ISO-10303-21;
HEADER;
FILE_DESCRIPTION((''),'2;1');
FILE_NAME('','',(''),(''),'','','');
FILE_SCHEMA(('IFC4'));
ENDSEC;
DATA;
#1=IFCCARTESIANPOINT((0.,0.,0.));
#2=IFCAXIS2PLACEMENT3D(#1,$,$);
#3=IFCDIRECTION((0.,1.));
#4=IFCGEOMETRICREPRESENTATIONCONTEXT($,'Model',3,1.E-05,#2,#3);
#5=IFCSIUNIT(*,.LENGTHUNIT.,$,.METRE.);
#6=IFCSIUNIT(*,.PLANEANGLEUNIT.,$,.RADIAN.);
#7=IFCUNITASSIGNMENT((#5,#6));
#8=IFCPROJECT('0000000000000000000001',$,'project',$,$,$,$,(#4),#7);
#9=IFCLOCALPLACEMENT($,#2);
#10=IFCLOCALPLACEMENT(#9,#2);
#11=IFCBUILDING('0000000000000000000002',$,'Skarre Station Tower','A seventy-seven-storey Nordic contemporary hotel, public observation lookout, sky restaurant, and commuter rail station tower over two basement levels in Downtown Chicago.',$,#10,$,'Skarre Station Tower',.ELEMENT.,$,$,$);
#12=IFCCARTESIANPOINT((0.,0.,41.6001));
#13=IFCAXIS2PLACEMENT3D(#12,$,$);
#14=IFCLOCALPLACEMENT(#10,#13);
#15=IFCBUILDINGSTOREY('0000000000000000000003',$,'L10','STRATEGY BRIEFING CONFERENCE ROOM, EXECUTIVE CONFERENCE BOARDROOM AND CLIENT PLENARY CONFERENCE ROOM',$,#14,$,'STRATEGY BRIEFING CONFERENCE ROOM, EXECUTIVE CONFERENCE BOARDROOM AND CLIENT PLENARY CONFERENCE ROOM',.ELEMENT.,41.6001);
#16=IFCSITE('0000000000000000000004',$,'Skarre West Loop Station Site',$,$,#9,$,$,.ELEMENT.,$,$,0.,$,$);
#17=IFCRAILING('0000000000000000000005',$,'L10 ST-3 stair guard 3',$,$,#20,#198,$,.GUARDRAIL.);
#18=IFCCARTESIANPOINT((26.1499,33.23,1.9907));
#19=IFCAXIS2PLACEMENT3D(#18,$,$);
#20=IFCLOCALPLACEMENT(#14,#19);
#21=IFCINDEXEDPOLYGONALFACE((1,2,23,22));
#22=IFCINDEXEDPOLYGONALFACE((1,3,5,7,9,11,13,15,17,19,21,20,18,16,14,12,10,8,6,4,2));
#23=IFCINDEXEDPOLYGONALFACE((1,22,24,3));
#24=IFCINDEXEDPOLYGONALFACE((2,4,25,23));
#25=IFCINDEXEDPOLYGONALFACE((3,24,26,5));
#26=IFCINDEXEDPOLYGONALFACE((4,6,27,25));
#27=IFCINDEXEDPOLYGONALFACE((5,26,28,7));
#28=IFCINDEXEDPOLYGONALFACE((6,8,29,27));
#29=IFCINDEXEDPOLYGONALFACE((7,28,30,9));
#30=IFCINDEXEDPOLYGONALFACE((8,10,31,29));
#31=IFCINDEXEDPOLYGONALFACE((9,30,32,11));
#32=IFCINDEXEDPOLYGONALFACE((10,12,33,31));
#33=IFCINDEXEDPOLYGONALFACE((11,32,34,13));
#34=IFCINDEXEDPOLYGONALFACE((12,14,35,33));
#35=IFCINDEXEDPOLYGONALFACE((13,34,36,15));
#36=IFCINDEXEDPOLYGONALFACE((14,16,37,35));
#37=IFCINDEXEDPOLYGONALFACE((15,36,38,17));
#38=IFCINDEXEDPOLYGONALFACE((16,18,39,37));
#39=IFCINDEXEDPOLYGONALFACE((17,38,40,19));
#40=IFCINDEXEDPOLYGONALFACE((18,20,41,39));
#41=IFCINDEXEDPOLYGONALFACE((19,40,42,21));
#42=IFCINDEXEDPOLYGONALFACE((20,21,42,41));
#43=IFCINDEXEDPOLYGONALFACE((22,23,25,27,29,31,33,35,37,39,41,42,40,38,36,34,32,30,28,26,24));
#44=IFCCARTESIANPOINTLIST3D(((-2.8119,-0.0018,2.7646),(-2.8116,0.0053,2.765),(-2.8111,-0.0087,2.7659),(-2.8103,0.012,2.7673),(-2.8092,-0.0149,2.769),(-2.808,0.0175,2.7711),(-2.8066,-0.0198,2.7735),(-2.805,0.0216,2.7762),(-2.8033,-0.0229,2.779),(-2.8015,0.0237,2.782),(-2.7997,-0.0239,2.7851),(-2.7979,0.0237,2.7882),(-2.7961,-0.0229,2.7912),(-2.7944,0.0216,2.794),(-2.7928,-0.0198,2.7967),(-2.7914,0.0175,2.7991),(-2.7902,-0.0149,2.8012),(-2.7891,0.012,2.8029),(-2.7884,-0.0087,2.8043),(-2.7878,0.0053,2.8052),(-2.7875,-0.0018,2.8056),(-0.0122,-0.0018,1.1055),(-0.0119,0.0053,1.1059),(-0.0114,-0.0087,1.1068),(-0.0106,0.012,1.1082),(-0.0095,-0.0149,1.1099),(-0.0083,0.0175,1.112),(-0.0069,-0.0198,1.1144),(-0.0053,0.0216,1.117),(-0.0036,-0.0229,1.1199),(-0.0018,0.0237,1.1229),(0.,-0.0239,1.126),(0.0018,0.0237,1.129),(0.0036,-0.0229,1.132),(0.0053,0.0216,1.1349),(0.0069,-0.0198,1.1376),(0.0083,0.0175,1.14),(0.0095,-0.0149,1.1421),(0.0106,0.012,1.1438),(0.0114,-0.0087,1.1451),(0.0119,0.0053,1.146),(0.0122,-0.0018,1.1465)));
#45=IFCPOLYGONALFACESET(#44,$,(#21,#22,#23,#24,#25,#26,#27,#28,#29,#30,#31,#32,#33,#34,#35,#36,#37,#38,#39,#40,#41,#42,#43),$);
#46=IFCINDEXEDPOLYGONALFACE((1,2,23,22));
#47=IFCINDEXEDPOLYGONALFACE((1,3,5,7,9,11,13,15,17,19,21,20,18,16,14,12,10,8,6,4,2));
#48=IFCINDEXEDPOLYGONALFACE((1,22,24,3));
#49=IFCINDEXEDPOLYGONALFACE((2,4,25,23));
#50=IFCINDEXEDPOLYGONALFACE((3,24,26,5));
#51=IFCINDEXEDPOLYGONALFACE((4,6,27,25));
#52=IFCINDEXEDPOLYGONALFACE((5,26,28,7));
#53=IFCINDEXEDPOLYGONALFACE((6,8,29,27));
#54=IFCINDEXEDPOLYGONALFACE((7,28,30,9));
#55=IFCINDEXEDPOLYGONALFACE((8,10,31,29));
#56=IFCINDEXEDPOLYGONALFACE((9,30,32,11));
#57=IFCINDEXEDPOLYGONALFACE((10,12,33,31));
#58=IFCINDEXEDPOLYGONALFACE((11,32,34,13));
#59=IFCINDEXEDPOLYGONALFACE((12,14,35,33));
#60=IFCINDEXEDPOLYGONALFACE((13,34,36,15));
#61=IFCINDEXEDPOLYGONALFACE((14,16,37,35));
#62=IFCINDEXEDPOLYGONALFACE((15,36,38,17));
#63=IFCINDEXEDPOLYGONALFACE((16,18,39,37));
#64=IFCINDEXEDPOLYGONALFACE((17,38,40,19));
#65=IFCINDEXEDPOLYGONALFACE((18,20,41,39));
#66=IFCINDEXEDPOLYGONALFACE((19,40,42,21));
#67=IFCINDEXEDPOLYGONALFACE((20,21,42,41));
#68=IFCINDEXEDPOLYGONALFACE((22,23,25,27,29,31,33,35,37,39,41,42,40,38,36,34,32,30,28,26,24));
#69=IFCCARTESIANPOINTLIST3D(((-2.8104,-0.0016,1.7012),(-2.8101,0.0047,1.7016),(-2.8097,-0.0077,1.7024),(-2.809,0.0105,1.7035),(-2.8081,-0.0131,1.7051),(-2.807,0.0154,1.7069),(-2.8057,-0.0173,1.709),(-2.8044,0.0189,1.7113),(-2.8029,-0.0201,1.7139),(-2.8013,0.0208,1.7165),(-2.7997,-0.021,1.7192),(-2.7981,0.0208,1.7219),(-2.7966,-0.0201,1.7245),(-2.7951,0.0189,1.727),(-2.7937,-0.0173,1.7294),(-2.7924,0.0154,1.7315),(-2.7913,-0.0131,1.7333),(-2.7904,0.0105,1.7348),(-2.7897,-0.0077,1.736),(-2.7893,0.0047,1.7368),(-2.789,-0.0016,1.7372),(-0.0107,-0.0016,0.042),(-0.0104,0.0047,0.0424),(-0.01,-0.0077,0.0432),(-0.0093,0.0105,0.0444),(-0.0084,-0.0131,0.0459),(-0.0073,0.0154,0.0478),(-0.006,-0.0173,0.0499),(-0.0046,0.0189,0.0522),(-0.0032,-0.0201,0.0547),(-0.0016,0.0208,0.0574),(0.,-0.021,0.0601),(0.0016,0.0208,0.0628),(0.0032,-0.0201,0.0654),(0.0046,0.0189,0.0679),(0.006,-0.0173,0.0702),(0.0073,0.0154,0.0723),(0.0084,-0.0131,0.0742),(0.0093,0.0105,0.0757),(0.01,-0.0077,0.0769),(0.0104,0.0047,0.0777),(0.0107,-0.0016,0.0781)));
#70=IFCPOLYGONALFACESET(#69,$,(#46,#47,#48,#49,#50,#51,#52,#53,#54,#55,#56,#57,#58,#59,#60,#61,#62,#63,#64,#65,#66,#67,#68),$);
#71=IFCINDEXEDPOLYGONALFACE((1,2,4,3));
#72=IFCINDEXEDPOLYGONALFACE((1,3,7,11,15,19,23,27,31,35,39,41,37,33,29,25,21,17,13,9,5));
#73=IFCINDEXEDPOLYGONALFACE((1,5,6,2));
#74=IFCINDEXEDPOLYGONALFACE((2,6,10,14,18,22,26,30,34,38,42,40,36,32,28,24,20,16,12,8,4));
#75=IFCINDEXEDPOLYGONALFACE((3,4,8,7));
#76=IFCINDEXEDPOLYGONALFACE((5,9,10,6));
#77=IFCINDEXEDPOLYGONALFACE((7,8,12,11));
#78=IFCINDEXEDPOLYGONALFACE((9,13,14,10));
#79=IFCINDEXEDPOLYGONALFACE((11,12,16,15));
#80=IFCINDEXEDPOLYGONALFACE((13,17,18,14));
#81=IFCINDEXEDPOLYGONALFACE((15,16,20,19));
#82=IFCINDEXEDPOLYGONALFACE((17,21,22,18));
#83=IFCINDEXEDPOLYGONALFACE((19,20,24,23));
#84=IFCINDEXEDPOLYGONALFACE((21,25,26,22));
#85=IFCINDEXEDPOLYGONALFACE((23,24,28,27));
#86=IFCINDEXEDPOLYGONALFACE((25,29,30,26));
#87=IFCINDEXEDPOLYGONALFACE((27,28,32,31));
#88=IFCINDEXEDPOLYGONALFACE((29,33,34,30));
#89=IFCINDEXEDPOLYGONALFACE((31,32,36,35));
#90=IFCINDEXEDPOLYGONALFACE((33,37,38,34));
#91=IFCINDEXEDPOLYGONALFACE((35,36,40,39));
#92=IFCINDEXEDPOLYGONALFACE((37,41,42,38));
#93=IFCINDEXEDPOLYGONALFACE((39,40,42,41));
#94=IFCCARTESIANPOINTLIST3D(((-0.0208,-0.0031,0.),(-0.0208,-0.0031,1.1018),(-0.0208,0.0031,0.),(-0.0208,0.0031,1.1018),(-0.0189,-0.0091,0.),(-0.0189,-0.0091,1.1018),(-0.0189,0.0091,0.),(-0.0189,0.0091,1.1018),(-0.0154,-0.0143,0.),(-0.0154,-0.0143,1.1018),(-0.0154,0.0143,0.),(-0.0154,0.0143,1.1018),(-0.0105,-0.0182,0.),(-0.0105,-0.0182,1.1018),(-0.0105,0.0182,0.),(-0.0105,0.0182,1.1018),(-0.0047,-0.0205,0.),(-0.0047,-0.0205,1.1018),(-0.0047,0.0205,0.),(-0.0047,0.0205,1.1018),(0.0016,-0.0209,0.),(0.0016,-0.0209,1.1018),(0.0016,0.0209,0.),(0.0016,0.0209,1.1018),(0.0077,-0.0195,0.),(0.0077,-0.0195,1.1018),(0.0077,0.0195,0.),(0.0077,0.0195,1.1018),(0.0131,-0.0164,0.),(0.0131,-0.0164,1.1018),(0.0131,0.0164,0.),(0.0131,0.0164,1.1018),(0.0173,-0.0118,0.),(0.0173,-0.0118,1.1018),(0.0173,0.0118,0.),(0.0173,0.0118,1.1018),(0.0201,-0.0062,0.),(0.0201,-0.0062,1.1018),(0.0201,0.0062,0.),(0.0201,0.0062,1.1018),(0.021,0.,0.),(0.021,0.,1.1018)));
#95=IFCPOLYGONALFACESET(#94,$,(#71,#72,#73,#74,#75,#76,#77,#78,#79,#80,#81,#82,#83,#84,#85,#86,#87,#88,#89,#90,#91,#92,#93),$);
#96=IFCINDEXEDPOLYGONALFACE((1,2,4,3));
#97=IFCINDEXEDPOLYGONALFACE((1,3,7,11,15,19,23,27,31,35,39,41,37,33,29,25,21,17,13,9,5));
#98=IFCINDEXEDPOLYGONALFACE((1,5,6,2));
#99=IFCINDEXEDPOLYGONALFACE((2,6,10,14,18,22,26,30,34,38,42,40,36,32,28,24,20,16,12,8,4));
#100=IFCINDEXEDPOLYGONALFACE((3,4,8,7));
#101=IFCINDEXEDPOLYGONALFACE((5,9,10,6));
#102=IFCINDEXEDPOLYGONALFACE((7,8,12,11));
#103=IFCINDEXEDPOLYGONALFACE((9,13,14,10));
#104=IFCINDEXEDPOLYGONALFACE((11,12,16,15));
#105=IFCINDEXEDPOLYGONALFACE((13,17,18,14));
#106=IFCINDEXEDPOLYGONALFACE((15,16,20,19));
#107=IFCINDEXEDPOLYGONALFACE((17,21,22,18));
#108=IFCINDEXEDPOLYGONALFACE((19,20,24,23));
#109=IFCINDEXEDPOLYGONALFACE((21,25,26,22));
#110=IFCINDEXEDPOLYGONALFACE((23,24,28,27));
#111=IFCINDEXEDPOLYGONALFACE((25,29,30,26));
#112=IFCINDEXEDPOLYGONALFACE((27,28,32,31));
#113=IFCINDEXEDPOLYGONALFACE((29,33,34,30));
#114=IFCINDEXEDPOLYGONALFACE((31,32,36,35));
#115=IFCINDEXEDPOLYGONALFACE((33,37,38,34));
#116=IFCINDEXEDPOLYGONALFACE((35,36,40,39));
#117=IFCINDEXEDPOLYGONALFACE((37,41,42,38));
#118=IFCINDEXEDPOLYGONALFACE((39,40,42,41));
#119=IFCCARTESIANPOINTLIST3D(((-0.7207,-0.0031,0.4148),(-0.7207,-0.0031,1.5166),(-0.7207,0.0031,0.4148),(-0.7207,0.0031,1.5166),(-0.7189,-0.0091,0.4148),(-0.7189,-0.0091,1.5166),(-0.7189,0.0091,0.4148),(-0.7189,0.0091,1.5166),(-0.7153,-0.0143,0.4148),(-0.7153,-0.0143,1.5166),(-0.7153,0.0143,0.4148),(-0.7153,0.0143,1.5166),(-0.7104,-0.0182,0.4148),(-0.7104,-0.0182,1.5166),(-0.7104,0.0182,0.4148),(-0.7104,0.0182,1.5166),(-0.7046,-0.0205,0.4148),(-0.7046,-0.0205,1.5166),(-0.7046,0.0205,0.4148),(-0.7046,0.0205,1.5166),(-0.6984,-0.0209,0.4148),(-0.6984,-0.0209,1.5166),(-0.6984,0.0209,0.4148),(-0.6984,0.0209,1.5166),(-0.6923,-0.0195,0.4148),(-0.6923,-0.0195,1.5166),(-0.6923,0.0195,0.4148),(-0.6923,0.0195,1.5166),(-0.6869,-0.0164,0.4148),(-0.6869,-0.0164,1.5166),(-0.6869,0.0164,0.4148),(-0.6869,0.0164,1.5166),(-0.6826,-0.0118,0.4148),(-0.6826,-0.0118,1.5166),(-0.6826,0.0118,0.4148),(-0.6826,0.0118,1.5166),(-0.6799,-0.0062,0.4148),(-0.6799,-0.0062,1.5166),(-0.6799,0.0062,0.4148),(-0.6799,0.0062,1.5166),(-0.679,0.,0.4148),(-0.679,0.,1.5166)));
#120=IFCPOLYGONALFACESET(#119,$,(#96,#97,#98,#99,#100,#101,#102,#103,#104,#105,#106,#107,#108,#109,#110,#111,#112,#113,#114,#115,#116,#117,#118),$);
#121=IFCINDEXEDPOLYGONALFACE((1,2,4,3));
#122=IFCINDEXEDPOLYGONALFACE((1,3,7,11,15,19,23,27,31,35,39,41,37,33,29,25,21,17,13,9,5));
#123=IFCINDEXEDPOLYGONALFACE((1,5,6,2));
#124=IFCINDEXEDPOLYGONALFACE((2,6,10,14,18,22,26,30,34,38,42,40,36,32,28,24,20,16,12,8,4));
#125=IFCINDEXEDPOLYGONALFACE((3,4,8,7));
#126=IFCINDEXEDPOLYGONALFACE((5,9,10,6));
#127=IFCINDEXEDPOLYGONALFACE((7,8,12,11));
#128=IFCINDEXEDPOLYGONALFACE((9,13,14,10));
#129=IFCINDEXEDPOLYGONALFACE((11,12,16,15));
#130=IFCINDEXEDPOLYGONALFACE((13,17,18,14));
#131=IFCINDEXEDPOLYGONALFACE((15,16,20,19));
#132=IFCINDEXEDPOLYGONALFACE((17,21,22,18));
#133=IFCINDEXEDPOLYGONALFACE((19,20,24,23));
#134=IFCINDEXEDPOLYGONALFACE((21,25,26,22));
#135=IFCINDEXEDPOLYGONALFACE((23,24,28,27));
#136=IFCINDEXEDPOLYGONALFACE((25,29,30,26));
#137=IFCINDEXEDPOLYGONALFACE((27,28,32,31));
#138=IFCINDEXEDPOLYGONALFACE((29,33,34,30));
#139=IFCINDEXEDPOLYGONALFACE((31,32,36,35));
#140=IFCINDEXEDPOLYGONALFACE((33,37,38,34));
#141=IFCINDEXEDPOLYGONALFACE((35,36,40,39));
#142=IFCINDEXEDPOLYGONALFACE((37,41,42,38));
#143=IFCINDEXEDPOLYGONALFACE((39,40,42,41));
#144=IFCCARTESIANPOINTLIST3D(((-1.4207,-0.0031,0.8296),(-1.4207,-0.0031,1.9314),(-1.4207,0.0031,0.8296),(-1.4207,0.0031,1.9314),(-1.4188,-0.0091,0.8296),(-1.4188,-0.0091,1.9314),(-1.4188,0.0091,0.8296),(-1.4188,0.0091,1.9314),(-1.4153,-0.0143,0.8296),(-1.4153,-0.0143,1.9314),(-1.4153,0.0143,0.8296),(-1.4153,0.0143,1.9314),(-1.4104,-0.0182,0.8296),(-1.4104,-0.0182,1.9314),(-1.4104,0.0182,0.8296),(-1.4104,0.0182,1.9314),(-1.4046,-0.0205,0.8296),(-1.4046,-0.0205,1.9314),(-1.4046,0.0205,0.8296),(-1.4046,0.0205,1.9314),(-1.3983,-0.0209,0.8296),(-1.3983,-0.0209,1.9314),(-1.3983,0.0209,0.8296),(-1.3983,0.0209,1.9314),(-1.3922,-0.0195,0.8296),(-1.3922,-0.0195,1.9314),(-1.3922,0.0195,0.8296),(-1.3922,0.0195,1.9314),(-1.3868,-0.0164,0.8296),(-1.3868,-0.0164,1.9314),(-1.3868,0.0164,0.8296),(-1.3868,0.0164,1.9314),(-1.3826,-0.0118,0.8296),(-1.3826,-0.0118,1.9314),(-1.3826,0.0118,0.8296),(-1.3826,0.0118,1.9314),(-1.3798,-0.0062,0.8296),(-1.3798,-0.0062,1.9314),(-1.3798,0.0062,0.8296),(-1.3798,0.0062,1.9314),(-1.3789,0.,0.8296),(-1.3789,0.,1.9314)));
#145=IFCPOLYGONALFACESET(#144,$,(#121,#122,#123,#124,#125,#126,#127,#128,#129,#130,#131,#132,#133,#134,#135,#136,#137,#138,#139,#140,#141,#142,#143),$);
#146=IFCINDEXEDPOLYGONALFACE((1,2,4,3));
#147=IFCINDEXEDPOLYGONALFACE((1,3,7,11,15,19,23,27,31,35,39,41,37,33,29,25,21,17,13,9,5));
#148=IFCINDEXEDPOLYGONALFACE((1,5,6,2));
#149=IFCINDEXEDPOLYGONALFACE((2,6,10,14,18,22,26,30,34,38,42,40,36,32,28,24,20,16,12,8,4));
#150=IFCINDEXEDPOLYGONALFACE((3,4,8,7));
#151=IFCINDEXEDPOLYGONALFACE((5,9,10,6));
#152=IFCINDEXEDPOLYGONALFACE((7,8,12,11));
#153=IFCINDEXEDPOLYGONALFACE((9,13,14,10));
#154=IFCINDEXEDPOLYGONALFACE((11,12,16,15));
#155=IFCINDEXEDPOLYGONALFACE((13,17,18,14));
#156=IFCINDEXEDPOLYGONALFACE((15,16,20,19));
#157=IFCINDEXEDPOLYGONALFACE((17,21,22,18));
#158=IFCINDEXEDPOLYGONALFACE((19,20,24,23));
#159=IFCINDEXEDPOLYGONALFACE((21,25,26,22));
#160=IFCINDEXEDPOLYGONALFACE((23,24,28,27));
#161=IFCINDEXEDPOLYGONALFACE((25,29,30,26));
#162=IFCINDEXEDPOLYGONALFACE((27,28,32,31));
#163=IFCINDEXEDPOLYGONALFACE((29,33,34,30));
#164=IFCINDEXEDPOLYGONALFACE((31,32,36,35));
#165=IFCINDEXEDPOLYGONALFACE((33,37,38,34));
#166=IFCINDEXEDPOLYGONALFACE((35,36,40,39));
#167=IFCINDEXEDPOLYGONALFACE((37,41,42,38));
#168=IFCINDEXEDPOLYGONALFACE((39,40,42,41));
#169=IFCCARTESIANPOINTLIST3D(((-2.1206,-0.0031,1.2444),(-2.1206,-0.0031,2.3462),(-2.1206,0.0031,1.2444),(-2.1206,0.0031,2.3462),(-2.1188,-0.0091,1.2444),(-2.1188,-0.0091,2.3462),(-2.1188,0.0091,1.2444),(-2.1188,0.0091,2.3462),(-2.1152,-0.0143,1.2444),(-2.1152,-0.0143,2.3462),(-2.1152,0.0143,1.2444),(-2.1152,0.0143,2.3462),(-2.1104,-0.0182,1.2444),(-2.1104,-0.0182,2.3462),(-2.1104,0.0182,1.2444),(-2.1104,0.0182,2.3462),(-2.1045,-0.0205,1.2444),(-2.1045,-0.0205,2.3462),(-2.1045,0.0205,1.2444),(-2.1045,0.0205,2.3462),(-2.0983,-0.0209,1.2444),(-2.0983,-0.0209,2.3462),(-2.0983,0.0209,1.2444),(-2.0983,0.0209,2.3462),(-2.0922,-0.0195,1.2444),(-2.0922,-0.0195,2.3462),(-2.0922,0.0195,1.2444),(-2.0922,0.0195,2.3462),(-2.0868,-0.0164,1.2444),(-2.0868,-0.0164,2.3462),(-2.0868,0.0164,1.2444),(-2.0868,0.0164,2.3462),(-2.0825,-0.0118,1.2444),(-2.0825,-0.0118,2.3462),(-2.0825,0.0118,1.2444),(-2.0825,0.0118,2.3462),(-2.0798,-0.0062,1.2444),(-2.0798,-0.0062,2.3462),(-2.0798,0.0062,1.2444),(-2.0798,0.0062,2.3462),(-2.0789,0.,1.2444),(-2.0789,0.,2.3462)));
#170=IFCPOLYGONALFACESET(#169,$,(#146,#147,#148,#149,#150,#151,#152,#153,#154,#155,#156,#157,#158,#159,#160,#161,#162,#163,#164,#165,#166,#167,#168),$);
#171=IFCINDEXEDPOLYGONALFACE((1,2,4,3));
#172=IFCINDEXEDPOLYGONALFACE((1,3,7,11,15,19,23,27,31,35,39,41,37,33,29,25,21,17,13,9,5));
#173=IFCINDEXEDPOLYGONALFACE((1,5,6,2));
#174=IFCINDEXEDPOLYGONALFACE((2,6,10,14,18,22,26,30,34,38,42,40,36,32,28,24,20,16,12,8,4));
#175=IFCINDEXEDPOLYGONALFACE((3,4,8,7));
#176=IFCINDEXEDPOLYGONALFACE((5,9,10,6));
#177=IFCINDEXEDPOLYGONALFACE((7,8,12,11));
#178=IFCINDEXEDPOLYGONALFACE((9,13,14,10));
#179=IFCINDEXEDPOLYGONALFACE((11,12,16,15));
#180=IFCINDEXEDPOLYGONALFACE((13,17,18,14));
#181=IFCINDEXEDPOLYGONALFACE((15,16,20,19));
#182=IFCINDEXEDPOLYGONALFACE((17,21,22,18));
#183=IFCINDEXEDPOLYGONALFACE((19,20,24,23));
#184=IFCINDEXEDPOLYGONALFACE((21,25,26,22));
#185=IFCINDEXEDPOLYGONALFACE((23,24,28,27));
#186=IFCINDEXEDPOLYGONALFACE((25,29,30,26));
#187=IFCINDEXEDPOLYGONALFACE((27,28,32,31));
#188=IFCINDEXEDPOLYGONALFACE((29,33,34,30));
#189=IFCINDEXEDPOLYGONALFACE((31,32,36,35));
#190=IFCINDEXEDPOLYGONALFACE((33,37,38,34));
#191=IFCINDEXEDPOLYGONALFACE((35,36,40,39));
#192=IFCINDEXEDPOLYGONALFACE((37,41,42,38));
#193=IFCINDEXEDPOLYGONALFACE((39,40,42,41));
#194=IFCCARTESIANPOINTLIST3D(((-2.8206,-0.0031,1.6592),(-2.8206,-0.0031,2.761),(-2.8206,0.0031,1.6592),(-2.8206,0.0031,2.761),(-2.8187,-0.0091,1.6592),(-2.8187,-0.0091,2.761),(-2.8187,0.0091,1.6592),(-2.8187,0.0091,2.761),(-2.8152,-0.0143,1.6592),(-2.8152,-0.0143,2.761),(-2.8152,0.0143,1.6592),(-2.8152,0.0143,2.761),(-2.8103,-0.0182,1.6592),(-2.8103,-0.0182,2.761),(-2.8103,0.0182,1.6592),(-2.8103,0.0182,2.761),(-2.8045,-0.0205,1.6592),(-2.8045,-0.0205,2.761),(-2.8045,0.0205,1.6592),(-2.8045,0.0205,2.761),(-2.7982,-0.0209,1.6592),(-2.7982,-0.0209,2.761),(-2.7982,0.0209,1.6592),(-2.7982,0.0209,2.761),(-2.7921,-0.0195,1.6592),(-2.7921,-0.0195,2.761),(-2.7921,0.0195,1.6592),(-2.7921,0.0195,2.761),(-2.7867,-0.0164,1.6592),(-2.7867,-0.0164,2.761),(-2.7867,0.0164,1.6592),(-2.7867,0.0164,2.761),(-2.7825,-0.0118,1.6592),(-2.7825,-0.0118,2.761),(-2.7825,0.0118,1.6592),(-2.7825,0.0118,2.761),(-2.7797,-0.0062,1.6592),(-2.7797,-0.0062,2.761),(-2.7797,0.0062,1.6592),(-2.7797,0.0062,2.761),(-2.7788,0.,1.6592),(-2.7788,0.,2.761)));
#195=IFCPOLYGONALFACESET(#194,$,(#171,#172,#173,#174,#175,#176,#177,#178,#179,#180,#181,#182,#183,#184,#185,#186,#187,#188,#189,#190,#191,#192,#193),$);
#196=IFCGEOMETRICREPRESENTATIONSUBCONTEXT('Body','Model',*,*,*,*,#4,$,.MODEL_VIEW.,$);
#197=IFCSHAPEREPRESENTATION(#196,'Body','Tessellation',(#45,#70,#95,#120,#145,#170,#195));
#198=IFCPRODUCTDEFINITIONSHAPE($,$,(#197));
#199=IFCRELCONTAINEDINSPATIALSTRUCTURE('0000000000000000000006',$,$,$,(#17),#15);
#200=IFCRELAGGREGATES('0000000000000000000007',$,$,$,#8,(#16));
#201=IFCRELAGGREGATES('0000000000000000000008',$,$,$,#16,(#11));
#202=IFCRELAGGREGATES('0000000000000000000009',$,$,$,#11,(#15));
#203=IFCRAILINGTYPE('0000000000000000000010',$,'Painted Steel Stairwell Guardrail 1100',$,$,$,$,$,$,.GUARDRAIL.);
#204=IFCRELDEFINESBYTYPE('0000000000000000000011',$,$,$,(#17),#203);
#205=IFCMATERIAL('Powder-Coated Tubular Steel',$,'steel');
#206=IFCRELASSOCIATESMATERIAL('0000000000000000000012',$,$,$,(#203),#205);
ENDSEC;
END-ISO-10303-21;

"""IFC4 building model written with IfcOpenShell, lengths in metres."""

from ifc_helpers import new_model, si_unit, direction, frame, origin, origin_2d, place, context, subcontext, project, spatial, circle, extrude, material, type_object, element, save


model = new_model("IFC4")

# Units and contexts
model_context = context("Model", 3, precision=1e-05, world=origin(), true_north=direction((0.0, 1.0)))
body_context = subcontext(model_context, "Body", "Model", "MODEL_VIEW")
ifc_project = project(units=[si_unit("LENGTHUNIT", "METRE"), si_unit("PLANEANGLEUNIT", "RADIAN")], contexts=[model_context])

# Site, building, storey
site_placement = place(None, origin())
site = spatial("IfcSite", under=ifc_project, at=site_placement, Name="Skarre West Loop Station Site", CompositionType="ELEMENT", RefElevation=0.0)
building_placement = place(site_placement, origin())
building = spatial("IfcBuilding", under=site, at=building_placement, Name="Skarre Station Tower", Description="A seventy-seven-storey Nordic contemporary hotel, public observation lookout, sky restaurant, and commuter rail station tower over two basement levels in Downtown Chicago.", LongName="Skarre Station Tower", CompositionType="ELEMENT")
storey_placement = place(building_placement, frame((0.0, 0.0, 41.6001)))
storey = spatial("IfcBuildingStorey", under=building, at=storey_placement, Name="L10", Description="STRATEGY BRIEFING CONFERENCE ROOM, EXECUTIVE CONFERENCE BOARDROOM AND CLIENT PLENARY CONFERENCE ROOM", LongName="STRATEGY BRIEFING CONFERENCE ROOM, EXECUTIVE CONFERENCE BOARDROOM AND CLIENT PLENARY CONFERENCE ROOM", CompositionType="ELEMENT", Elevation=41.6001)

# Railing
ifc_material_1 = material(Name="Powder-Coated Tubular Steel", Category="steel")
railing_type_1 = type_object("IfcRailingType", Name="Painted Steel Stairwell Guardrail 1100", PredefinedType="GUARDRAIL", material=ifc_material_1)
railing_1_placement = place(storey_placement, frame((26.1499, 33.23, 1.9907)))
element("IfcRailing", 1, at=railing_1_placement, inside=storey, type_object=railing_type_1, Name="L10 ST-3 stair guard 3", PredefinedType="GUARDRAIL", context=body_context, shape_type="SweptSolid", body=[
    extrude(circle(Radius=0.0239, at=origin_2d()), frame((0.0, 0.0, 1.126), z_axis=(-0.860287, 0.0, 0.509811), x_axis=(0.0, -1.0, 0.0)), (0.0, 0.0, 1.0), 3.2544),
    extrude(circle(Radius=0.021, at=origin_2d()), frame((0.0, 0.0, 0.0601), z_axis=(-0.860287, 0.0, 0.509811), x_axis=(0.0, -1.0, 0.0)), (0.0, 0.0, 1.0), 3.2544),
    extrude(circle(Radius=0.021, at=origin_2d()), origin(), (0.0, 0.0, 1.0), 1.1018),
    extrude(circle(Radius=0.021, at=origin_2d()), frame((-0.7, 0.0, 0.4148)), (0.0, 0.0, 1.0), 1.1018),
    extrude(circle(Radius=0.021, at=origin_2d()), frame((-1.3999, 0.0, 0.8296)), (0.0, 0.0, 1.0), 1.1018),
    extrude(circle(Radius=0.021, at=origin_2d()), frame((-2.0999, 0.0, 1.2444)), (0.0, 0.0, 1.0), 1.1018),
    extrude(circle(Radius=0.021, at=origin_2d()), frame((-2.7998, 0.0, 1.6592)), (0.0, 0.0, 1.0), 1.1018),
])

save(model, "model.ifc")
